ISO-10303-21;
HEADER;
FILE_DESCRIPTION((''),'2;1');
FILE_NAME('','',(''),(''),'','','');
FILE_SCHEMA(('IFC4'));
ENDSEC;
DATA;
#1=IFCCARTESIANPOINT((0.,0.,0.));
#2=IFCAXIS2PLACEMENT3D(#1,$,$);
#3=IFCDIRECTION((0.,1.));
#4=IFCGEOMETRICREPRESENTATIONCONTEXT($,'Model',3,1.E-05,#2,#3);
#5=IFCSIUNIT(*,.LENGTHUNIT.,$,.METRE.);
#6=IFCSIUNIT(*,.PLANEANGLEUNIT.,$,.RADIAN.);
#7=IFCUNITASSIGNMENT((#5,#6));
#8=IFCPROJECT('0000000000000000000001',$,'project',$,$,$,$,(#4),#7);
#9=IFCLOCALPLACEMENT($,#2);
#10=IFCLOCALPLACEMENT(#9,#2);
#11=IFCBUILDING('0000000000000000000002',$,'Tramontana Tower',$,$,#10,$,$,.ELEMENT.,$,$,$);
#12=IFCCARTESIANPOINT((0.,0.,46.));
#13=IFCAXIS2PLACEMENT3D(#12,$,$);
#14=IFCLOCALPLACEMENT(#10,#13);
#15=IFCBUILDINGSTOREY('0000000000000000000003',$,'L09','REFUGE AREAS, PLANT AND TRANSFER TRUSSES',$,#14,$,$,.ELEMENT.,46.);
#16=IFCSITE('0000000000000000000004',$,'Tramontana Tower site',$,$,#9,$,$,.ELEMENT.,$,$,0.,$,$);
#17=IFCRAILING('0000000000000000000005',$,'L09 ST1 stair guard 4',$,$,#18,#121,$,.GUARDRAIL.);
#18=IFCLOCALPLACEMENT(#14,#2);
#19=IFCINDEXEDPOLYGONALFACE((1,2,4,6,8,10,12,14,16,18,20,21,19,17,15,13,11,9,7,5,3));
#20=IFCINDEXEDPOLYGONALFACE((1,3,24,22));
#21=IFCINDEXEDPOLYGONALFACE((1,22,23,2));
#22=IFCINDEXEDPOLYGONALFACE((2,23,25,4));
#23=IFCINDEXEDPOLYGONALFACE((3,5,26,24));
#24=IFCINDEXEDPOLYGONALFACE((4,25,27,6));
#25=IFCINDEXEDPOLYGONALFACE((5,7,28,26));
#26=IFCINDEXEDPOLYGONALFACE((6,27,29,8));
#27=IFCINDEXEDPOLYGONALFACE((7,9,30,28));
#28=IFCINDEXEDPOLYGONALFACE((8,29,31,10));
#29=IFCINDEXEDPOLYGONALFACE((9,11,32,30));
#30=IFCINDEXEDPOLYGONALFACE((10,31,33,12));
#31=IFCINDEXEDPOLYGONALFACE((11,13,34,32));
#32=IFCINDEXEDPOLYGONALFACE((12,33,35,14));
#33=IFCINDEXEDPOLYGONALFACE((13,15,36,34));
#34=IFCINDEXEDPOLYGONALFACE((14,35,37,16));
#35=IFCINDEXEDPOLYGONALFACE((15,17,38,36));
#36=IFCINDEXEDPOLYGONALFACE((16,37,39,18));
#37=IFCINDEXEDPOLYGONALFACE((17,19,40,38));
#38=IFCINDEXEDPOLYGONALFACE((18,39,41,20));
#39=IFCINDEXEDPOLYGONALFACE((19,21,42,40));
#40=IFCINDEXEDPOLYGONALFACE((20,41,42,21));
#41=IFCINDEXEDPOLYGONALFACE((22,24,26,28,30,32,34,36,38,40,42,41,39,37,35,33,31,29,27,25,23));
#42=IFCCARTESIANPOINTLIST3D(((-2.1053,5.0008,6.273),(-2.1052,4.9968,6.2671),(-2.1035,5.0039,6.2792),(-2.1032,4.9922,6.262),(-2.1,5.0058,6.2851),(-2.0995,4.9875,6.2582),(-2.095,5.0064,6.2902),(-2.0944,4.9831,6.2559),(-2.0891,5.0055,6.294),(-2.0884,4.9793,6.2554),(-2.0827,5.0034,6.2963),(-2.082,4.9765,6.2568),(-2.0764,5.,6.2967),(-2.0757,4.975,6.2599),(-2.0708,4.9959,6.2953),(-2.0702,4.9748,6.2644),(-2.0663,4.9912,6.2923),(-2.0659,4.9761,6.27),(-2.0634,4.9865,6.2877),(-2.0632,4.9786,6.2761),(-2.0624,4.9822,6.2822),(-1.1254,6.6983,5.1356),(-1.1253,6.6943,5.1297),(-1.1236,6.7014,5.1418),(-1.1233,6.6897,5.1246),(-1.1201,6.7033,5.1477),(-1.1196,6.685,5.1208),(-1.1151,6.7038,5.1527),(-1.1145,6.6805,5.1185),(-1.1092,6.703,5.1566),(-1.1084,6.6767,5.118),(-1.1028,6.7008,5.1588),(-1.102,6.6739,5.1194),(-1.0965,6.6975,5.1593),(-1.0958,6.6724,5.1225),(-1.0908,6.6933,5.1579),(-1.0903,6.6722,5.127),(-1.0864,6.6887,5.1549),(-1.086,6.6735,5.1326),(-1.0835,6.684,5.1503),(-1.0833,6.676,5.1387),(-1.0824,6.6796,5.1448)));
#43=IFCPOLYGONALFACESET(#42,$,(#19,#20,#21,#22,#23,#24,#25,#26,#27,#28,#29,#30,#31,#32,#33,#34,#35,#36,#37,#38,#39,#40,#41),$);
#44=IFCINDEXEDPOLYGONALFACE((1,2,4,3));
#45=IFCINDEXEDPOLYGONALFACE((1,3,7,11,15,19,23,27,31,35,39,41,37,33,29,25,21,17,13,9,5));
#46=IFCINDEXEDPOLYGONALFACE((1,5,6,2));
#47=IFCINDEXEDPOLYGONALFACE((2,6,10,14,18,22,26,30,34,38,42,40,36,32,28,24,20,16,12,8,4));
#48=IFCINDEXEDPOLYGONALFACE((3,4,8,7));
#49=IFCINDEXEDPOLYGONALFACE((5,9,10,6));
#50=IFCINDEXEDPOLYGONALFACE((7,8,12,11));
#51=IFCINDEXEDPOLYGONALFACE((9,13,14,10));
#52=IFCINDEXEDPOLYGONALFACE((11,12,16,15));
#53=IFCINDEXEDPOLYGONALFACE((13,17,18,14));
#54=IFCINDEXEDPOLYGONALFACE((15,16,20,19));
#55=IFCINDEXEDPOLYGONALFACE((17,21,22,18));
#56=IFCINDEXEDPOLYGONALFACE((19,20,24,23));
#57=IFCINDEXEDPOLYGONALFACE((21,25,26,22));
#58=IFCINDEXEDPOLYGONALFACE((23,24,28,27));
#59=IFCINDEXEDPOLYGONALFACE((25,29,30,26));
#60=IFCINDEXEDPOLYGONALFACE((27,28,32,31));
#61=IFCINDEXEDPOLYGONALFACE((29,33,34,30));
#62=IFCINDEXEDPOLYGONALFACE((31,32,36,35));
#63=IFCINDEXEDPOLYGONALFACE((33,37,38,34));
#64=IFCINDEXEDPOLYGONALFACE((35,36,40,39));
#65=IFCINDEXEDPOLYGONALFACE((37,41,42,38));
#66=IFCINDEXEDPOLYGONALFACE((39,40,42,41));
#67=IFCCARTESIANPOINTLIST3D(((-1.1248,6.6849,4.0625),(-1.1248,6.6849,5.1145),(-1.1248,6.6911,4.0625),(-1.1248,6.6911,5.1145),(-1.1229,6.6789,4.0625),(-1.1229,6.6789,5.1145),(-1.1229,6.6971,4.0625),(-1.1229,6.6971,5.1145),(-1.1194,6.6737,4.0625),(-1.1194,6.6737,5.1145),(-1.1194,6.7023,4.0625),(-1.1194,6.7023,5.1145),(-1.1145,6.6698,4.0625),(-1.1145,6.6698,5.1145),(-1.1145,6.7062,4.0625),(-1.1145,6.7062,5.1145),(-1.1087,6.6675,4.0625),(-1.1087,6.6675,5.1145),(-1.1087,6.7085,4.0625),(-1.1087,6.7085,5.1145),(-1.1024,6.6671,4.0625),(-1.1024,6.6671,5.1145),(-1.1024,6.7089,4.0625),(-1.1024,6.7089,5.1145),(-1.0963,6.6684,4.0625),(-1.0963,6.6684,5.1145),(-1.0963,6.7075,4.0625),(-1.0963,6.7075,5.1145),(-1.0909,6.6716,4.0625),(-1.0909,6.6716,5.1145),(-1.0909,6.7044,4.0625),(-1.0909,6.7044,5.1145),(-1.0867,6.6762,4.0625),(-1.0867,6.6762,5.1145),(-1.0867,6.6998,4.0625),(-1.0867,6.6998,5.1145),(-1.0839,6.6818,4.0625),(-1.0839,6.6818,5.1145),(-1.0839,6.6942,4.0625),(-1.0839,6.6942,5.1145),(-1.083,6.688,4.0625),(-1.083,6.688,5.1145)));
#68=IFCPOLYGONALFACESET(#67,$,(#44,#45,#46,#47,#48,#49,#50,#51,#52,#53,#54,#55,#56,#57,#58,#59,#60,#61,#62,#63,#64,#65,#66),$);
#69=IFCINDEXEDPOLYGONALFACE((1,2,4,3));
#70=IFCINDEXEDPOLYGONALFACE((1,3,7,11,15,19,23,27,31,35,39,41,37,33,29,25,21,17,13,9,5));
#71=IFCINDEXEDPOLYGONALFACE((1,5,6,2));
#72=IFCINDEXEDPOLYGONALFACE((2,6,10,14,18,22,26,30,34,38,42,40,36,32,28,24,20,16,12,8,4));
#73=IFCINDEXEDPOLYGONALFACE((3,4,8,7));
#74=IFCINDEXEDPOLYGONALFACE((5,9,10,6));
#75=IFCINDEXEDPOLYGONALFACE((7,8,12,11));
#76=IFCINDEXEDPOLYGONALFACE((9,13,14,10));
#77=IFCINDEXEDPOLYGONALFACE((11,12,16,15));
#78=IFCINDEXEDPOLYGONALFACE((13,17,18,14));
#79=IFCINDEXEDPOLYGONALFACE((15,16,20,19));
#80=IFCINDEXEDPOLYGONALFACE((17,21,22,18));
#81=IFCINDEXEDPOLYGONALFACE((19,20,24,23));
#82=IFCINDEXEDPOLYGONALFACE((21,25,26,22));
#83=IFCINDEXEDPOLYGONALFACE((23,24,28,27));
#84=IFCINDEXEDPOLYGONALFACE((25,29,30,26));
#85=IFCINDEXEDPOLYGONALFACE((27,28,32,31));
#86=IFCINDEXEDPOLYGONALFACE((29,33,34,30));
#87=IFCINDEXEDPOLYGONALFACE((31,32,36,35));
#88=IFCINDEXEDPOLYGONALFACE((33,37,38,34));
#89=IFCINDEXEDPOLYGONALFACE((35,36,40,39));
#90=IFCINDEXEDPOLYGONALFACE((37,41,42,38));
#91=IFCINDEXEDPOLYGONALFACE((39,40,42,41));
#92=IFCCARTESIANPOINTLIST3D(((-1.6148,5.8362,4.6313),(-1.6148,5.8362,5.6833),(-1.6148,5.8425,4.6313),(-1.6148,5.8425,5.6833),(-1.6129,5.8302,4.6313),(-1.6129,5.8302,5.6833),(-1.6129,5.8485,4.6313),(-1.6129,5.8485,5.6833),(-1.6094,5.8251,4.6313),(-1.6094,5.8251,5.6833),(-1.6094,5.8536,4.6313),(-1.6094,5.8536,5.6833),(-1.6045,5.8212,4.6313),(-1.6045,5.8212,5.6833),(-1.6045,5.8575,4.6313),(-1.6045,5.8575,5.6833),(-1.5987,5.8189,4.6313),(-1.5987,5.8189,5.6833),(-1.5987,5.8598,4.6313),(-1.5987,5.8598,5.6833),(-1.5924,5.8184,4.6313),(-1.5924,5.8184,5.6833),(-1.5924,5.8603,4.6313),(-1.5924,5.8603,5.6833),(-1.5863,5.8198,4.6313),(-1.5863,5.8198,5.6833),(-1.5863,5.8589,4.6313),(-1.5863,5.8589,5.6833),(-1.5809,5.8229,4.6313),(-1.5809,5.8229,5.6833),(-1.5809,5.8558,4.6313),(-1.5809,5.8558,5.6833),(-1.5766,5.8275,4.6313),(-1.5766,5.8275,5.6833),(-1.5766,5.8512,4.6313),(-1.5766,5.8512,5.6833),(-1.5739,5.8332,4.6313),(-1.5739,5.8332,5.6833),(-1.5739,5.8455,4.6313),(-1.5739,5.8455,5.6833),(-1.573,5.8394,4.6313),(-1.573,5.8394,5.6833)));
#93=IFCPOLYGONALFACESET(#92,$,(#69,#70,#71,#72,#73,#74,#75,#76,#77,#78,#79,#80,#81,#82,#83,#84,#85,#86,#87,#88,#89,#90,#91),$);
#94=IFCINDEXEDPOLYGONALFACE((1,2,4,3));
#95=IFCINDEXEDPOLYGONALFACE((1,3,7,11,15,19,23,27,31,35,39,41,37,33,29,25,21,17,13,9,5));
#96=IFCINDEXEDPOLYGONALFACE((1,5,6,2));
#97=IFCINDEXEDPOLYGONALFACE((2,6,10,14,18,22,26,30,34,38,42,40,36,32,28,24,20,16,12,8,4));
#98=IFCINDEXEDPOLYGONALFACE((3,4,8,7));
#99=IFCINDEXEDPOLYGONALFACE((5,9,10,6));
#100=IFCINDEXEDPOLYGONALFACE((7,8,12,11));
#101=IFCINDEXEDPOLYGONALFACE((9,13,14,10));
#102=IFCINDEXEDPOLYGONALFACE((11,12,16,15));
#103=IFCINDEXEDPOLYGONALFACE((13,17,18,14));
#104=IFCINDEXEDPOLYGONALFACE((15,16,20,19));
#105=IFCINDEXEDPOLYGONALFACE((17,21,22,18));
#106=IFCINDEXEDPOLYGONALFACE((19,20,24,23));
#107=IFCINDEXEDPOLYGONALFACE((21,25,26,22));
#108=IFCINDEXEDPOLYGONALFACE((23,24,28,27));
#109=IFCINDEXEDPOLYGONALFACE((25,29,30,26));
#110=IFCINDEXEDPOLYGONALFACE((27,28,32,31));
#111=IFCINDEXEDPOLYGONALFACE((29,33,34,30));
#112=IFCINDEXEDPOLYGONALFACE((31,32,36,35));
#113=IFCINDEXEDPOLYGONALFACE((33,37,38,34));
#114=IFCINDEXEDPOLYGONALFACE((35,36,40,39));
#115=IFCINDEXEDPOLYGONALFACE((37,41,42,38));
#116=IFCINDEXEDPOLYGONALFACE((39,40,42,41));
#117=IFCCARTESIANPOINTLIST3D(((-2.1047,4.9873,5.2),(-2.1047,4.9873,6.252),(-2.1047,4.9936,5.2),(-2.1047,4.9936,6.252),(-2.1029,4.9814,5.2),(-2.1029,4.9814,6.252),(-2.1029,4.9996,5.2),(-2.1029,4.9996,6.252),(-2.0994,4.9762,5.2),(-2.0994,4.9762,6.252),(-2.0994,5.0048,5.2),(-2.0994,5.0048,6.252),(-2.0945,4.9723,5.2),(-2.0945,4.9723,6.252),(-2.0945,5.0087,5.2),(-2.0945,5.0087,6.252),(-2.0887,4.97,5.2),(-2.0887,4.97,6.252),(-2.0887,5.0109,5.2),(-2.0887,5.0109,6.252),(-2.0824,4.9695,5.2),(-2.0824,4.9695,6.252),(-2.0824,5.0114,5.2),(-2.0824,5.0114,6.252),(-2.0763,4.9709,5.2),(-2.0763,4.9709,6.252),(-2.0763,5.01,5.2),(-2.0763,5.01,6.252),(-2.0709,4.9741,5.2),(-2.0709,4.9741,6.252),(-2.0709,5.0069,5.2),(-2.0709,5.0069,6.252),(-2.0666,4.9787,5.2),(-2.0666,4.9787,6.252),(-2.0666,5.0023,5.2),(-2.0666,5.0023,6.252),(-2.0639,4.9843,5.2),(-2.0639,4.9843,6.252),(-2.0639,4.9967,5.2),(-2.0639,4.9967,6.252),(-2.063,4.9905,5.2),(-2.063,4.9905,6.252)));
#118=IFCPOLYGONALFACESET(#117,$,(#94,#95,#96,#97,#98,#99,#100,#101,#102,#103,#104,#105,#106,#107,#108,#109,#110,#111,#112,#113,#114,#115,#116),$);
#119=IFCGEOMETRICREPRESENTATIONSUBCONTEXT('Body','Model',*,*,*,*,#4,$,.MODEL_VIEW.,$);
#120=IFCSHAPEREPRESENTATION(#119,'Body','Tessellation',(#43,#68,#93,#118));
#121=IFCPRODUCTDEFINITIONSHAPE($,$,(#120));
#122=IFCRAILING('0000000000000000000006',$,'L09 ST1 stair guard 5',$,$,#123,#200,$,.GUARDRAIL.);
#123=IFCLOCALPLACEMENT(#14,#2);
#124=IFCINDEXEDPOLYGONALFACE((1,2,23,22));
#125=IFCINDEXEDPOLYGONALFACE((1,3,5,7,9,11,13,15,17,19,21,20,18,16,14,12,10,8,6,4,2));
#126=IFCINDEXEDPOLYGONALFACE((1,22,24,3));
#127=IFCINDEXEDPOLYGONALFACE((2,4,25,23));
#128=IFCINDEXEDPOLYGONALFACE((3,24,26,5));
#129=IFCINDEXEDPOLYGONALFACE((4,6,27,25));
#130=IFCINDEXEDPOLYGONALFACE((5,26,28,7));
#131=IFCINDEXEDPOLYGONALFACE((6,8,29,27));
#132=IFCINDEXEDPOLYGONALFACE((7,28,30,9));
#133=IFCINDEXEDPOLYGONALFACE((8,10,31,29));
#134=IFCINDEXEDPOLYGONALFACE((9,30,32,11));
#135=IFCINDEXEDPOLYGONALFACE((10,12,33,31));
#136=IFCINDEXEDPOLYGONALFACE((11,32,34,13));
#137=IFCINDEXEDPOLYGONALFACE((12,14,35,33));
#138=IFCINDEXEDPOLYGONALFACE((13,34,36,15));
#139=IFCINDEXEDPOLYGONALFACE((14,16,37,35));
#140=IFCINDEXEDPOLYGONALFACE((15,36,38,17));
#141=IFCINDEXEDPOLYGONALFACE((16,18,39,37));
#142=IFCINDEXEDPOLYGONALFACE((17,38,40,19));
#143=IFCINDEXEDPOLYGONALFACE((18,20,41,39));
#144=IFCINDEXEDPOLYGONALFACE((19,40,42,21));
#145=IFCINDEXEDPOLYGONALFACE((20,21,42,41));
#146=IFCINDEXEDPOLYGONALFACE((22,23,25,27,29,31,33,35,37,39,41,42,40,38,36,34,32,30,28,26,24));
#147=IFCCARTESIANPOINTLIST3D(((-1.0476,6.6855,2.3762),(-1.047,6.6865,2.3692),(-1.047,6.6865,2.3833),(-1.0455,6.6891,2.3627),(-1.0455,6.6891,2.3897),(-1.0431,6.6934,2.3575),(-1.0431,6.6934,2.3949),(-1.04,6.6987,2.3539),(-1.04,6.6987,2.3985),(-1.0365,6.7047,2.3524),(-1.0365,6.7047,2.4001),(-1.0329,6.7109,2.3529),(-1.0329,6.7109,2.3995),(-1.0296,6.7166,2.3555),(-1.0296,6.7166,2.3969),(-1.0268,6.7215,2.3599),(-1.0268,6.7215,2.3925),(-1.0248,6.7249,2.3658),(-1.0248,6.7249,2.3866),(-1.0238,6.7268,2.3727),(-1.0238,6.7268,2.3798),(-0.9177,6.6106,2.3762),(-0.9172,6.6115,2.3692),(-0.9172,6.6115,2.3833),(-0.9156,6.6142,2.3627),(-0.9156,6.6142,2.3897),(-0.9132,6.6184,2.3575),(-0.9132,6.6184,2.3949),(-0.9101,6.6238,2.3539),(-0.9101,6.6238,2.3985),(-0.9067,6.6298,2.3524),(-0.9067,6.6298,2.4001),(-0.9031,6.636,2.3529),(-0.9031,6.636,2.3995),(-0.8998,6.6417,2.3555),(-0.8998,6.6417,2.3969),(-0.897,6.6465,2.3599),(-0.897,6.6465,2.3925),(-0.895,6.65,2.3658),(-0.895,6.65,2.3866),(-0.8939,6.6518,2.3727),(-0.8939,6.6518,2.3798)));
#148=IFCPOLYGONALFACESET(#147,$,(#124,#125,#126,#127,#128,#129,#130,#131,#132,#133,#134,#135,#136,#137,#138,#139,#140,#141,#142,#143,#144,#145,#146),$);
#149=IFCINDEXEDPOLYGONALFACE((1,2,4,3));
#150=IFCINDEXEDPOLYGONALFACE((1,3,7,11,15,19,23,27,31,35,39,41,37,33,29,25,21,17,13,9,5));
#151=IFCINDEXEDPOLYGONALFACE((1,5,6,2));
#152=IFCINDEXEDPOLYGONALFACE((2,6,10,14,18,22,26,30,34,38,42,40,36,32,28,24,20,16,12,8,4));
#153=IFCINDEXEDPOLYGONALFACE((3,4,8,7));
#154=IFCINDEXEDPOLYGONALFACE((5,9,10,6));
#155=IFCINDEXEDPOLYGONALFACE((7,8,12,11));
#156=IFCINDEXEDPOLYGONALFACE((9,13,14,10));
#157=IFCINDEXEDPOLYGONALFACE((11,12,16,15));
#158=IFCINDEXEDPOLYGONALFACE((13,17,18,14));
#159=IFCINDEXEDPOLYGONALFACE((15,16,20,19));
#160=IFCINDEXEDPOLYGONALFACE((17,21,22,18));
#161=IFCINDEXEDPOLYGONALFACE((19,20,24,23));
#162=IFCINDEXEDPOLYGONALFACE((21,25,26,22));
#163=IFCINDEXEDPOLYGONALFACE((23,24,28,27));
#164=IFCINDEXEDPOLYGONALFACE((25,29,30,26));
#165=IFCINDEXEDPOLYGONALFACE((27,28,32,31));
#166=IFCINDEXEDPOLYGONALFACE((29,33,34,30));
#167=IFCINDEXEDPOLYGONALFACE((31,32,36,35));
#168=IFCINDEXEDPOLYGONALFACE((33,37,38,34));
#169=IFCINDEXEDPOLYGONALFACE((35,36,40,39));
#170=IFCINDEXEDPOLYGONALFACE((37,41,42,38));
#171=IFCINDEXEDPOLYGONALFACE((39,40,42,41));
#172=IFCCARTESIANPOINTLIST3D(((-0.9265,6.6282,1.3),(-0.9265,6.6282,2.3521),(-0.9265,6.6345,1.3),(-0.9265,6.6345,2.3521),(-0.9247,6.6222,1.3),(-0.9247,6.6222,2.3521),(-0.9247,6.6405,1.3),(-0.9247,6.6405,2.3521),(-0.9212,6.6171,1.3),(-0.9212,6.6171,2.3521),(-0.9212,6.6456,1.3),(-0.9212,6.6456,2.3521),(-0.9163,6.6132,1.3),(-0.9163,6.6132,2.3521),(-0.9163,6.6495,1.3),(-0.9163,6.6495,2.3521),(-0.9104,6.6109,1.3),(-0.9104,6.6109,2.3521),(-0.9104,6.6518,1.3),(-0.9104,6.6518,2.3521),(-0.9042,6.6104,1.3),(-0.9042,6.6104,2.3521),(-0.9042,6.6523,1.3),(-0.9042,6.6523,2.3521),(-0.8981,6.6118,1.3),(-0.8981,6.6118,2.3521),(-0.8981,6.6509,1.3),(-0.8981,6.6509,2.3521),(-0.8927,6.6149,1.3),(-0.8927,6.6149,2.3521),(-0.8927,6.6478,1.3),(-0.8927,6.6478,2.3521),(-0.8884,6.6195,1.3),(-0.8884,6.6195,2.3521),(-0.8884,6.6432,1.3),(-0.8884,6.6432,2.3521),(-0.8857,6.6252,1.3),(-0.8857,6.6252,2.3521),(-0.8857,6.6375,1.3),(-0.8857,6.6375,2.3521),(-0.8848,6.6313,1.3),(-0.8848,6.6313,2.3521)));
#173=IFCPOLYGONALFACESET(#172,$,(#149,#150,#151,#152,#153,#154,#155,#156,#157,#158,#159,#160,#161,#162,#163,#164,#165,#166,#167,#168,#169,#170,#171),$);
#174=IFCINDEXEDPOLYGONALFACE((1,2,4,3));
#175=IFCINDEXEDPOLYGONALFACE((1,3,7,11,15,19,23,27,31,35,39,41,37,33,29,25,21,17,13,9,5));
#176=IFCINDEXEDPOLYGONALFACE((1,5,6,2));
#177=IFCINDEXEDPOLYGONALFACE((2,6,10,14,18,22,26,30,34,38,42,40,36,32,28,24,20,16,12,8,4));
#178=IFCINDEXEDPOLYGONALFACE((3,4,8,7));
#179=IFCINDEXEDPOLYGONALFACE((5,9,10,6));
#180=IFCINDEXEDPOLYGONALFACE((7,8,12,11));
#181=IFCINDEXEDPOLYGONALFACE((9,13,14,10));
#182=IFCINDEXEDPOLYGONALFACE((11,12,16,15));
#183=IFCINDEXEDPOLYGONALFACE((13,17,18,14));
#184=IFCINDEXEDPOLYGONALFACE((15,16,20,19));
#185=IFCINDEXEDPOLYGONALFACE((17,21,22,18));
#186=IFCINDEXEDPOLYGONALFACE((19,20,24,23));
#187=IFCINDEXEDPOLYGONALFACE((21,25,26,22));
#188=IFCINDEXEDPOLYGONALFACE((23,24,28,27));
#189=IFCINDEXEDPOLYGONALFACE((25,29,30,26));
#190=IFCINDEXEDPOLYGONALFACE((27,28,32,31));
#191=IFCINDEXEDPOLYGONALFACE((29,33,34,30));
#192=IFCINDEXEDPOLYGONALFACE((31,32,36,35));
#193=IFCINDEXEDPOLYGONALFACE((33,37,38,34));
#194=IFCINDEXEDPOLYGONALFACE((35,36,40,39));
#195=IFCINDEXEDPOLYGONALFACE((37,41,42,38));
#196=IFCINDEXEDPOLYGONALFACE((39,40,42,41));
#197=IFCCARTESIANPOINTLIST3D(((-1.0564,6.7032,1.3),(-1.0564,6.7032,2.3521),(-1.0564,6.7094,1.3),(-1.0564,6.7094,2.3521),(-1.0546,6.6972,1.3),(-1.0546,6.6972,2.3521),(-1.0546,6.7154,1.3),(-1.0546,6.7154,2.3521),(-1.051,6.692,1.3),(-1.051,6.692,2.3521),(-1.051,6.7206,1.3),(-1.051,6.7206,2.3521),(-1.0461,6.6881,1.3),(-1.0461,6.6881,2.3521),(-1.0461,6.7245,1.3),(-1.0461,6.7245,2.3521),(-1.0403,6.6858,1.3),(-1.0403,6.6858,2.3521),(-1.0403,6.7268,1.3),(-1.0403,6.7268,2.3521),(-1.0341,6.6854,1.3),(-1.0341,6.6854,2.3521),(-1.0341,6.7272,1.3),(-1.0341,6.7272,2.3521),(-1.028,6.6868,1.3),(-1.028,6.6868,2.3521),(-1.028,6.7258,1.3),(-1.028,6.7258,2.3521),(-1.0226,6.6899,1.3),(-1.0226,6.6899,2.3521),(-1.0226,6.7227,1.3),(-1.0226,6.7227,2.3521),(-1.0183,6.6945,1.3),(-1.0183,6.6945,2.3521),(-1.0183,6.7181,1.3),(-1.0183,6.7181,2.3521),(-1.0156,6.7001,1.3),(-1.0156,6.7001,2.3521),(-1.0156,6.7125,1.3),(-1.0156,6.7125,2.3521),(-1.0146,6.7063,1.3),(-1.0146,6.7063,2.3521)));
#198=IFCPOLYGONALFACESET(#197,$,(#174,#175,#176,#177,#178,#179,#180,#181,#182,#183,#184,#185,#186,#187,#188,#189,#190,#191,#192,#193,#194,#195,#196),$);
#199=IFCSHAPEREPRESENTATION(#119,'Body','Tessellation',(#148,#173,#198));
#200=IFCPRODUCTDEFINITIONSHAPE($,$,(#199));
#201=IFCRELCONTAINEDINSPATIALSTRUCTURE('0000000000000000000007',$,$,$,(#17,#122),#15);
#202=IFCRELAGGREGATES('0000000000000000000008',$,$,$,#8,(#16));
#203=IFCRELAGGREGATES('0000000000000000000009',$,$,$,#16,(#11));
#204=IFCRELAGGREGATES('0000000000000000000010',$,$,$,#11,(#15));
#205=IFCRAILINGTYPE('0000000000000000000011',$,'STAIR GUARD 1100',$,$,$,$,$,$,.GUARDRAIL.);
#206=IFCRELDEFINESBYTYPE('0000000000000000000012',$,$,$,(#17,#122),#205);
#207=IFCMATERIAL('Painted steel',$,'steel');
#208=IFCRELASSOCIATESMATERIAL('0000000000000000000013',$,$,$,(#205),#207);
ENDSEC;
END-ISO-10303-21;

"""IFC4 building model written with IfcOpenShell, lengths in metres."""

from ifc_helpers import new_model, si_unit, direction, frame, origin, origin_2d, place, context, subcontext, project, spatial, circle, extrude, material, type_object, element, save


model = new_model("IFC4")

# Units and contexts
model_context = context("Model", 3, precision=1e-05, world=origin(), true_north=direction((0.0, 1.0)))
body_context = subcontext(model_context, "Body", "Model", "MODEL_VIEW")
ifc_project = project(units=[si_unit("LENGTHUNIT", "METRE"), si_unit("PLANEANGLEUNIT", "RADIAN")], contexts=[model_context])

# Site, building, storey
site_placement = place(None, origin())
site = spatial("IfcSite", under=ifc_project, at=site_placement, Name="Tramontana Tower site", CompositionType="ELEMENT", RefElevation=0.0)
building_placement = place(site_placement, origin())
building = spatial("IfcBuilding", under=site, at=building_placement, Name="Tramontana Tower", CompositionType="ELEMENT")
storey_placement = place(building_placement, frame((0.0, 0.0, 46.0)))
storey = spatial("IfcBuildingStorey", under=building, at=storey_placement, Name="L09", Description="REFUGE AREAS, PLANT AND TRANSFER TRUSSES", CompositionType="ELEMENT", Elevation=46.0)

# Railings
ifc_material_1 = material(Name="Painted steel", Category="steel")
railing_type_1 = type_object("IfcRailingType", Name="STAIR GUARD 1100", PredefinedType="GUARDRAIL", material=ifc_material_1)
railing_1_placement = place(storey_placement, frame((-1.104, 6.688, 4.0625)))
element("IfcRailing", 1, at=railing_1_placement, inside=storey, type_object=railing_type_1, Name="L09 ST1 stair guard 4", PredefinedType="GUARDRAIL", context=body_context, shape_type="SweptSolid", body=[
    extrude(circle(Radius=0.0239, at=origin_2d()), frame((0.0, 0.0, 1.0762), z_axis=(-0.432432, -0.749053, 0.501918), x_axis=(0.866042, -0.49997, 0.0)), (0.0, 0.0, 1.0), 2.2661),
    extrude(circle(Radius=0.021, at=origin_2d()), origin(), (0.0, 0.0, 1.0), 1.052),
    extrude(circle(Radius=0.021, at=origin_2d()), frame((-0.49, -0.8486, 0.5688)), (0.0, 0.0, 1.0), 1.052),
    extrude(circle(Radius=0.021, at=origin_2d()), frame((-0.98, -1.6975, 1.1375)), (0.0, 0.0, 1.0), 1.052),
])
for number, where, name in (
    (2, (-0.9058, 6.6313, 1.3), "L09 ST1 stair guard 5"),
):
    element("IfcRailing", number, at=place(storey_placement, frame(where)), inside=storey, type_object=railing_type_1, Name=name, PredefinedType="GUARDRAIL", context=body_context, shape_type="SweptSolid", body=[
        extrude(circle(Radius=0.0239, at=origin_2d()), frame((0.0, 0.0, 1.0762), z_axis=(-0.866131, 0.499816, 0.0), x_axis=(-0.499816, -0.866131, 0.0)), (0.0, 0.0, 1.0), 0.1499),
        extrude(circle(Radius=0.021, at=origin_2d()), origin(), (0.0, 0.0, 1.0), 1.052),
        extrude(circle(Radius=0.021, at=origin_2d()), frame((-0.1299, 0.075, 0.0)), (0.0, 0.0, 1.0), 1.052),
    ])

save(model, "model.ifc")
